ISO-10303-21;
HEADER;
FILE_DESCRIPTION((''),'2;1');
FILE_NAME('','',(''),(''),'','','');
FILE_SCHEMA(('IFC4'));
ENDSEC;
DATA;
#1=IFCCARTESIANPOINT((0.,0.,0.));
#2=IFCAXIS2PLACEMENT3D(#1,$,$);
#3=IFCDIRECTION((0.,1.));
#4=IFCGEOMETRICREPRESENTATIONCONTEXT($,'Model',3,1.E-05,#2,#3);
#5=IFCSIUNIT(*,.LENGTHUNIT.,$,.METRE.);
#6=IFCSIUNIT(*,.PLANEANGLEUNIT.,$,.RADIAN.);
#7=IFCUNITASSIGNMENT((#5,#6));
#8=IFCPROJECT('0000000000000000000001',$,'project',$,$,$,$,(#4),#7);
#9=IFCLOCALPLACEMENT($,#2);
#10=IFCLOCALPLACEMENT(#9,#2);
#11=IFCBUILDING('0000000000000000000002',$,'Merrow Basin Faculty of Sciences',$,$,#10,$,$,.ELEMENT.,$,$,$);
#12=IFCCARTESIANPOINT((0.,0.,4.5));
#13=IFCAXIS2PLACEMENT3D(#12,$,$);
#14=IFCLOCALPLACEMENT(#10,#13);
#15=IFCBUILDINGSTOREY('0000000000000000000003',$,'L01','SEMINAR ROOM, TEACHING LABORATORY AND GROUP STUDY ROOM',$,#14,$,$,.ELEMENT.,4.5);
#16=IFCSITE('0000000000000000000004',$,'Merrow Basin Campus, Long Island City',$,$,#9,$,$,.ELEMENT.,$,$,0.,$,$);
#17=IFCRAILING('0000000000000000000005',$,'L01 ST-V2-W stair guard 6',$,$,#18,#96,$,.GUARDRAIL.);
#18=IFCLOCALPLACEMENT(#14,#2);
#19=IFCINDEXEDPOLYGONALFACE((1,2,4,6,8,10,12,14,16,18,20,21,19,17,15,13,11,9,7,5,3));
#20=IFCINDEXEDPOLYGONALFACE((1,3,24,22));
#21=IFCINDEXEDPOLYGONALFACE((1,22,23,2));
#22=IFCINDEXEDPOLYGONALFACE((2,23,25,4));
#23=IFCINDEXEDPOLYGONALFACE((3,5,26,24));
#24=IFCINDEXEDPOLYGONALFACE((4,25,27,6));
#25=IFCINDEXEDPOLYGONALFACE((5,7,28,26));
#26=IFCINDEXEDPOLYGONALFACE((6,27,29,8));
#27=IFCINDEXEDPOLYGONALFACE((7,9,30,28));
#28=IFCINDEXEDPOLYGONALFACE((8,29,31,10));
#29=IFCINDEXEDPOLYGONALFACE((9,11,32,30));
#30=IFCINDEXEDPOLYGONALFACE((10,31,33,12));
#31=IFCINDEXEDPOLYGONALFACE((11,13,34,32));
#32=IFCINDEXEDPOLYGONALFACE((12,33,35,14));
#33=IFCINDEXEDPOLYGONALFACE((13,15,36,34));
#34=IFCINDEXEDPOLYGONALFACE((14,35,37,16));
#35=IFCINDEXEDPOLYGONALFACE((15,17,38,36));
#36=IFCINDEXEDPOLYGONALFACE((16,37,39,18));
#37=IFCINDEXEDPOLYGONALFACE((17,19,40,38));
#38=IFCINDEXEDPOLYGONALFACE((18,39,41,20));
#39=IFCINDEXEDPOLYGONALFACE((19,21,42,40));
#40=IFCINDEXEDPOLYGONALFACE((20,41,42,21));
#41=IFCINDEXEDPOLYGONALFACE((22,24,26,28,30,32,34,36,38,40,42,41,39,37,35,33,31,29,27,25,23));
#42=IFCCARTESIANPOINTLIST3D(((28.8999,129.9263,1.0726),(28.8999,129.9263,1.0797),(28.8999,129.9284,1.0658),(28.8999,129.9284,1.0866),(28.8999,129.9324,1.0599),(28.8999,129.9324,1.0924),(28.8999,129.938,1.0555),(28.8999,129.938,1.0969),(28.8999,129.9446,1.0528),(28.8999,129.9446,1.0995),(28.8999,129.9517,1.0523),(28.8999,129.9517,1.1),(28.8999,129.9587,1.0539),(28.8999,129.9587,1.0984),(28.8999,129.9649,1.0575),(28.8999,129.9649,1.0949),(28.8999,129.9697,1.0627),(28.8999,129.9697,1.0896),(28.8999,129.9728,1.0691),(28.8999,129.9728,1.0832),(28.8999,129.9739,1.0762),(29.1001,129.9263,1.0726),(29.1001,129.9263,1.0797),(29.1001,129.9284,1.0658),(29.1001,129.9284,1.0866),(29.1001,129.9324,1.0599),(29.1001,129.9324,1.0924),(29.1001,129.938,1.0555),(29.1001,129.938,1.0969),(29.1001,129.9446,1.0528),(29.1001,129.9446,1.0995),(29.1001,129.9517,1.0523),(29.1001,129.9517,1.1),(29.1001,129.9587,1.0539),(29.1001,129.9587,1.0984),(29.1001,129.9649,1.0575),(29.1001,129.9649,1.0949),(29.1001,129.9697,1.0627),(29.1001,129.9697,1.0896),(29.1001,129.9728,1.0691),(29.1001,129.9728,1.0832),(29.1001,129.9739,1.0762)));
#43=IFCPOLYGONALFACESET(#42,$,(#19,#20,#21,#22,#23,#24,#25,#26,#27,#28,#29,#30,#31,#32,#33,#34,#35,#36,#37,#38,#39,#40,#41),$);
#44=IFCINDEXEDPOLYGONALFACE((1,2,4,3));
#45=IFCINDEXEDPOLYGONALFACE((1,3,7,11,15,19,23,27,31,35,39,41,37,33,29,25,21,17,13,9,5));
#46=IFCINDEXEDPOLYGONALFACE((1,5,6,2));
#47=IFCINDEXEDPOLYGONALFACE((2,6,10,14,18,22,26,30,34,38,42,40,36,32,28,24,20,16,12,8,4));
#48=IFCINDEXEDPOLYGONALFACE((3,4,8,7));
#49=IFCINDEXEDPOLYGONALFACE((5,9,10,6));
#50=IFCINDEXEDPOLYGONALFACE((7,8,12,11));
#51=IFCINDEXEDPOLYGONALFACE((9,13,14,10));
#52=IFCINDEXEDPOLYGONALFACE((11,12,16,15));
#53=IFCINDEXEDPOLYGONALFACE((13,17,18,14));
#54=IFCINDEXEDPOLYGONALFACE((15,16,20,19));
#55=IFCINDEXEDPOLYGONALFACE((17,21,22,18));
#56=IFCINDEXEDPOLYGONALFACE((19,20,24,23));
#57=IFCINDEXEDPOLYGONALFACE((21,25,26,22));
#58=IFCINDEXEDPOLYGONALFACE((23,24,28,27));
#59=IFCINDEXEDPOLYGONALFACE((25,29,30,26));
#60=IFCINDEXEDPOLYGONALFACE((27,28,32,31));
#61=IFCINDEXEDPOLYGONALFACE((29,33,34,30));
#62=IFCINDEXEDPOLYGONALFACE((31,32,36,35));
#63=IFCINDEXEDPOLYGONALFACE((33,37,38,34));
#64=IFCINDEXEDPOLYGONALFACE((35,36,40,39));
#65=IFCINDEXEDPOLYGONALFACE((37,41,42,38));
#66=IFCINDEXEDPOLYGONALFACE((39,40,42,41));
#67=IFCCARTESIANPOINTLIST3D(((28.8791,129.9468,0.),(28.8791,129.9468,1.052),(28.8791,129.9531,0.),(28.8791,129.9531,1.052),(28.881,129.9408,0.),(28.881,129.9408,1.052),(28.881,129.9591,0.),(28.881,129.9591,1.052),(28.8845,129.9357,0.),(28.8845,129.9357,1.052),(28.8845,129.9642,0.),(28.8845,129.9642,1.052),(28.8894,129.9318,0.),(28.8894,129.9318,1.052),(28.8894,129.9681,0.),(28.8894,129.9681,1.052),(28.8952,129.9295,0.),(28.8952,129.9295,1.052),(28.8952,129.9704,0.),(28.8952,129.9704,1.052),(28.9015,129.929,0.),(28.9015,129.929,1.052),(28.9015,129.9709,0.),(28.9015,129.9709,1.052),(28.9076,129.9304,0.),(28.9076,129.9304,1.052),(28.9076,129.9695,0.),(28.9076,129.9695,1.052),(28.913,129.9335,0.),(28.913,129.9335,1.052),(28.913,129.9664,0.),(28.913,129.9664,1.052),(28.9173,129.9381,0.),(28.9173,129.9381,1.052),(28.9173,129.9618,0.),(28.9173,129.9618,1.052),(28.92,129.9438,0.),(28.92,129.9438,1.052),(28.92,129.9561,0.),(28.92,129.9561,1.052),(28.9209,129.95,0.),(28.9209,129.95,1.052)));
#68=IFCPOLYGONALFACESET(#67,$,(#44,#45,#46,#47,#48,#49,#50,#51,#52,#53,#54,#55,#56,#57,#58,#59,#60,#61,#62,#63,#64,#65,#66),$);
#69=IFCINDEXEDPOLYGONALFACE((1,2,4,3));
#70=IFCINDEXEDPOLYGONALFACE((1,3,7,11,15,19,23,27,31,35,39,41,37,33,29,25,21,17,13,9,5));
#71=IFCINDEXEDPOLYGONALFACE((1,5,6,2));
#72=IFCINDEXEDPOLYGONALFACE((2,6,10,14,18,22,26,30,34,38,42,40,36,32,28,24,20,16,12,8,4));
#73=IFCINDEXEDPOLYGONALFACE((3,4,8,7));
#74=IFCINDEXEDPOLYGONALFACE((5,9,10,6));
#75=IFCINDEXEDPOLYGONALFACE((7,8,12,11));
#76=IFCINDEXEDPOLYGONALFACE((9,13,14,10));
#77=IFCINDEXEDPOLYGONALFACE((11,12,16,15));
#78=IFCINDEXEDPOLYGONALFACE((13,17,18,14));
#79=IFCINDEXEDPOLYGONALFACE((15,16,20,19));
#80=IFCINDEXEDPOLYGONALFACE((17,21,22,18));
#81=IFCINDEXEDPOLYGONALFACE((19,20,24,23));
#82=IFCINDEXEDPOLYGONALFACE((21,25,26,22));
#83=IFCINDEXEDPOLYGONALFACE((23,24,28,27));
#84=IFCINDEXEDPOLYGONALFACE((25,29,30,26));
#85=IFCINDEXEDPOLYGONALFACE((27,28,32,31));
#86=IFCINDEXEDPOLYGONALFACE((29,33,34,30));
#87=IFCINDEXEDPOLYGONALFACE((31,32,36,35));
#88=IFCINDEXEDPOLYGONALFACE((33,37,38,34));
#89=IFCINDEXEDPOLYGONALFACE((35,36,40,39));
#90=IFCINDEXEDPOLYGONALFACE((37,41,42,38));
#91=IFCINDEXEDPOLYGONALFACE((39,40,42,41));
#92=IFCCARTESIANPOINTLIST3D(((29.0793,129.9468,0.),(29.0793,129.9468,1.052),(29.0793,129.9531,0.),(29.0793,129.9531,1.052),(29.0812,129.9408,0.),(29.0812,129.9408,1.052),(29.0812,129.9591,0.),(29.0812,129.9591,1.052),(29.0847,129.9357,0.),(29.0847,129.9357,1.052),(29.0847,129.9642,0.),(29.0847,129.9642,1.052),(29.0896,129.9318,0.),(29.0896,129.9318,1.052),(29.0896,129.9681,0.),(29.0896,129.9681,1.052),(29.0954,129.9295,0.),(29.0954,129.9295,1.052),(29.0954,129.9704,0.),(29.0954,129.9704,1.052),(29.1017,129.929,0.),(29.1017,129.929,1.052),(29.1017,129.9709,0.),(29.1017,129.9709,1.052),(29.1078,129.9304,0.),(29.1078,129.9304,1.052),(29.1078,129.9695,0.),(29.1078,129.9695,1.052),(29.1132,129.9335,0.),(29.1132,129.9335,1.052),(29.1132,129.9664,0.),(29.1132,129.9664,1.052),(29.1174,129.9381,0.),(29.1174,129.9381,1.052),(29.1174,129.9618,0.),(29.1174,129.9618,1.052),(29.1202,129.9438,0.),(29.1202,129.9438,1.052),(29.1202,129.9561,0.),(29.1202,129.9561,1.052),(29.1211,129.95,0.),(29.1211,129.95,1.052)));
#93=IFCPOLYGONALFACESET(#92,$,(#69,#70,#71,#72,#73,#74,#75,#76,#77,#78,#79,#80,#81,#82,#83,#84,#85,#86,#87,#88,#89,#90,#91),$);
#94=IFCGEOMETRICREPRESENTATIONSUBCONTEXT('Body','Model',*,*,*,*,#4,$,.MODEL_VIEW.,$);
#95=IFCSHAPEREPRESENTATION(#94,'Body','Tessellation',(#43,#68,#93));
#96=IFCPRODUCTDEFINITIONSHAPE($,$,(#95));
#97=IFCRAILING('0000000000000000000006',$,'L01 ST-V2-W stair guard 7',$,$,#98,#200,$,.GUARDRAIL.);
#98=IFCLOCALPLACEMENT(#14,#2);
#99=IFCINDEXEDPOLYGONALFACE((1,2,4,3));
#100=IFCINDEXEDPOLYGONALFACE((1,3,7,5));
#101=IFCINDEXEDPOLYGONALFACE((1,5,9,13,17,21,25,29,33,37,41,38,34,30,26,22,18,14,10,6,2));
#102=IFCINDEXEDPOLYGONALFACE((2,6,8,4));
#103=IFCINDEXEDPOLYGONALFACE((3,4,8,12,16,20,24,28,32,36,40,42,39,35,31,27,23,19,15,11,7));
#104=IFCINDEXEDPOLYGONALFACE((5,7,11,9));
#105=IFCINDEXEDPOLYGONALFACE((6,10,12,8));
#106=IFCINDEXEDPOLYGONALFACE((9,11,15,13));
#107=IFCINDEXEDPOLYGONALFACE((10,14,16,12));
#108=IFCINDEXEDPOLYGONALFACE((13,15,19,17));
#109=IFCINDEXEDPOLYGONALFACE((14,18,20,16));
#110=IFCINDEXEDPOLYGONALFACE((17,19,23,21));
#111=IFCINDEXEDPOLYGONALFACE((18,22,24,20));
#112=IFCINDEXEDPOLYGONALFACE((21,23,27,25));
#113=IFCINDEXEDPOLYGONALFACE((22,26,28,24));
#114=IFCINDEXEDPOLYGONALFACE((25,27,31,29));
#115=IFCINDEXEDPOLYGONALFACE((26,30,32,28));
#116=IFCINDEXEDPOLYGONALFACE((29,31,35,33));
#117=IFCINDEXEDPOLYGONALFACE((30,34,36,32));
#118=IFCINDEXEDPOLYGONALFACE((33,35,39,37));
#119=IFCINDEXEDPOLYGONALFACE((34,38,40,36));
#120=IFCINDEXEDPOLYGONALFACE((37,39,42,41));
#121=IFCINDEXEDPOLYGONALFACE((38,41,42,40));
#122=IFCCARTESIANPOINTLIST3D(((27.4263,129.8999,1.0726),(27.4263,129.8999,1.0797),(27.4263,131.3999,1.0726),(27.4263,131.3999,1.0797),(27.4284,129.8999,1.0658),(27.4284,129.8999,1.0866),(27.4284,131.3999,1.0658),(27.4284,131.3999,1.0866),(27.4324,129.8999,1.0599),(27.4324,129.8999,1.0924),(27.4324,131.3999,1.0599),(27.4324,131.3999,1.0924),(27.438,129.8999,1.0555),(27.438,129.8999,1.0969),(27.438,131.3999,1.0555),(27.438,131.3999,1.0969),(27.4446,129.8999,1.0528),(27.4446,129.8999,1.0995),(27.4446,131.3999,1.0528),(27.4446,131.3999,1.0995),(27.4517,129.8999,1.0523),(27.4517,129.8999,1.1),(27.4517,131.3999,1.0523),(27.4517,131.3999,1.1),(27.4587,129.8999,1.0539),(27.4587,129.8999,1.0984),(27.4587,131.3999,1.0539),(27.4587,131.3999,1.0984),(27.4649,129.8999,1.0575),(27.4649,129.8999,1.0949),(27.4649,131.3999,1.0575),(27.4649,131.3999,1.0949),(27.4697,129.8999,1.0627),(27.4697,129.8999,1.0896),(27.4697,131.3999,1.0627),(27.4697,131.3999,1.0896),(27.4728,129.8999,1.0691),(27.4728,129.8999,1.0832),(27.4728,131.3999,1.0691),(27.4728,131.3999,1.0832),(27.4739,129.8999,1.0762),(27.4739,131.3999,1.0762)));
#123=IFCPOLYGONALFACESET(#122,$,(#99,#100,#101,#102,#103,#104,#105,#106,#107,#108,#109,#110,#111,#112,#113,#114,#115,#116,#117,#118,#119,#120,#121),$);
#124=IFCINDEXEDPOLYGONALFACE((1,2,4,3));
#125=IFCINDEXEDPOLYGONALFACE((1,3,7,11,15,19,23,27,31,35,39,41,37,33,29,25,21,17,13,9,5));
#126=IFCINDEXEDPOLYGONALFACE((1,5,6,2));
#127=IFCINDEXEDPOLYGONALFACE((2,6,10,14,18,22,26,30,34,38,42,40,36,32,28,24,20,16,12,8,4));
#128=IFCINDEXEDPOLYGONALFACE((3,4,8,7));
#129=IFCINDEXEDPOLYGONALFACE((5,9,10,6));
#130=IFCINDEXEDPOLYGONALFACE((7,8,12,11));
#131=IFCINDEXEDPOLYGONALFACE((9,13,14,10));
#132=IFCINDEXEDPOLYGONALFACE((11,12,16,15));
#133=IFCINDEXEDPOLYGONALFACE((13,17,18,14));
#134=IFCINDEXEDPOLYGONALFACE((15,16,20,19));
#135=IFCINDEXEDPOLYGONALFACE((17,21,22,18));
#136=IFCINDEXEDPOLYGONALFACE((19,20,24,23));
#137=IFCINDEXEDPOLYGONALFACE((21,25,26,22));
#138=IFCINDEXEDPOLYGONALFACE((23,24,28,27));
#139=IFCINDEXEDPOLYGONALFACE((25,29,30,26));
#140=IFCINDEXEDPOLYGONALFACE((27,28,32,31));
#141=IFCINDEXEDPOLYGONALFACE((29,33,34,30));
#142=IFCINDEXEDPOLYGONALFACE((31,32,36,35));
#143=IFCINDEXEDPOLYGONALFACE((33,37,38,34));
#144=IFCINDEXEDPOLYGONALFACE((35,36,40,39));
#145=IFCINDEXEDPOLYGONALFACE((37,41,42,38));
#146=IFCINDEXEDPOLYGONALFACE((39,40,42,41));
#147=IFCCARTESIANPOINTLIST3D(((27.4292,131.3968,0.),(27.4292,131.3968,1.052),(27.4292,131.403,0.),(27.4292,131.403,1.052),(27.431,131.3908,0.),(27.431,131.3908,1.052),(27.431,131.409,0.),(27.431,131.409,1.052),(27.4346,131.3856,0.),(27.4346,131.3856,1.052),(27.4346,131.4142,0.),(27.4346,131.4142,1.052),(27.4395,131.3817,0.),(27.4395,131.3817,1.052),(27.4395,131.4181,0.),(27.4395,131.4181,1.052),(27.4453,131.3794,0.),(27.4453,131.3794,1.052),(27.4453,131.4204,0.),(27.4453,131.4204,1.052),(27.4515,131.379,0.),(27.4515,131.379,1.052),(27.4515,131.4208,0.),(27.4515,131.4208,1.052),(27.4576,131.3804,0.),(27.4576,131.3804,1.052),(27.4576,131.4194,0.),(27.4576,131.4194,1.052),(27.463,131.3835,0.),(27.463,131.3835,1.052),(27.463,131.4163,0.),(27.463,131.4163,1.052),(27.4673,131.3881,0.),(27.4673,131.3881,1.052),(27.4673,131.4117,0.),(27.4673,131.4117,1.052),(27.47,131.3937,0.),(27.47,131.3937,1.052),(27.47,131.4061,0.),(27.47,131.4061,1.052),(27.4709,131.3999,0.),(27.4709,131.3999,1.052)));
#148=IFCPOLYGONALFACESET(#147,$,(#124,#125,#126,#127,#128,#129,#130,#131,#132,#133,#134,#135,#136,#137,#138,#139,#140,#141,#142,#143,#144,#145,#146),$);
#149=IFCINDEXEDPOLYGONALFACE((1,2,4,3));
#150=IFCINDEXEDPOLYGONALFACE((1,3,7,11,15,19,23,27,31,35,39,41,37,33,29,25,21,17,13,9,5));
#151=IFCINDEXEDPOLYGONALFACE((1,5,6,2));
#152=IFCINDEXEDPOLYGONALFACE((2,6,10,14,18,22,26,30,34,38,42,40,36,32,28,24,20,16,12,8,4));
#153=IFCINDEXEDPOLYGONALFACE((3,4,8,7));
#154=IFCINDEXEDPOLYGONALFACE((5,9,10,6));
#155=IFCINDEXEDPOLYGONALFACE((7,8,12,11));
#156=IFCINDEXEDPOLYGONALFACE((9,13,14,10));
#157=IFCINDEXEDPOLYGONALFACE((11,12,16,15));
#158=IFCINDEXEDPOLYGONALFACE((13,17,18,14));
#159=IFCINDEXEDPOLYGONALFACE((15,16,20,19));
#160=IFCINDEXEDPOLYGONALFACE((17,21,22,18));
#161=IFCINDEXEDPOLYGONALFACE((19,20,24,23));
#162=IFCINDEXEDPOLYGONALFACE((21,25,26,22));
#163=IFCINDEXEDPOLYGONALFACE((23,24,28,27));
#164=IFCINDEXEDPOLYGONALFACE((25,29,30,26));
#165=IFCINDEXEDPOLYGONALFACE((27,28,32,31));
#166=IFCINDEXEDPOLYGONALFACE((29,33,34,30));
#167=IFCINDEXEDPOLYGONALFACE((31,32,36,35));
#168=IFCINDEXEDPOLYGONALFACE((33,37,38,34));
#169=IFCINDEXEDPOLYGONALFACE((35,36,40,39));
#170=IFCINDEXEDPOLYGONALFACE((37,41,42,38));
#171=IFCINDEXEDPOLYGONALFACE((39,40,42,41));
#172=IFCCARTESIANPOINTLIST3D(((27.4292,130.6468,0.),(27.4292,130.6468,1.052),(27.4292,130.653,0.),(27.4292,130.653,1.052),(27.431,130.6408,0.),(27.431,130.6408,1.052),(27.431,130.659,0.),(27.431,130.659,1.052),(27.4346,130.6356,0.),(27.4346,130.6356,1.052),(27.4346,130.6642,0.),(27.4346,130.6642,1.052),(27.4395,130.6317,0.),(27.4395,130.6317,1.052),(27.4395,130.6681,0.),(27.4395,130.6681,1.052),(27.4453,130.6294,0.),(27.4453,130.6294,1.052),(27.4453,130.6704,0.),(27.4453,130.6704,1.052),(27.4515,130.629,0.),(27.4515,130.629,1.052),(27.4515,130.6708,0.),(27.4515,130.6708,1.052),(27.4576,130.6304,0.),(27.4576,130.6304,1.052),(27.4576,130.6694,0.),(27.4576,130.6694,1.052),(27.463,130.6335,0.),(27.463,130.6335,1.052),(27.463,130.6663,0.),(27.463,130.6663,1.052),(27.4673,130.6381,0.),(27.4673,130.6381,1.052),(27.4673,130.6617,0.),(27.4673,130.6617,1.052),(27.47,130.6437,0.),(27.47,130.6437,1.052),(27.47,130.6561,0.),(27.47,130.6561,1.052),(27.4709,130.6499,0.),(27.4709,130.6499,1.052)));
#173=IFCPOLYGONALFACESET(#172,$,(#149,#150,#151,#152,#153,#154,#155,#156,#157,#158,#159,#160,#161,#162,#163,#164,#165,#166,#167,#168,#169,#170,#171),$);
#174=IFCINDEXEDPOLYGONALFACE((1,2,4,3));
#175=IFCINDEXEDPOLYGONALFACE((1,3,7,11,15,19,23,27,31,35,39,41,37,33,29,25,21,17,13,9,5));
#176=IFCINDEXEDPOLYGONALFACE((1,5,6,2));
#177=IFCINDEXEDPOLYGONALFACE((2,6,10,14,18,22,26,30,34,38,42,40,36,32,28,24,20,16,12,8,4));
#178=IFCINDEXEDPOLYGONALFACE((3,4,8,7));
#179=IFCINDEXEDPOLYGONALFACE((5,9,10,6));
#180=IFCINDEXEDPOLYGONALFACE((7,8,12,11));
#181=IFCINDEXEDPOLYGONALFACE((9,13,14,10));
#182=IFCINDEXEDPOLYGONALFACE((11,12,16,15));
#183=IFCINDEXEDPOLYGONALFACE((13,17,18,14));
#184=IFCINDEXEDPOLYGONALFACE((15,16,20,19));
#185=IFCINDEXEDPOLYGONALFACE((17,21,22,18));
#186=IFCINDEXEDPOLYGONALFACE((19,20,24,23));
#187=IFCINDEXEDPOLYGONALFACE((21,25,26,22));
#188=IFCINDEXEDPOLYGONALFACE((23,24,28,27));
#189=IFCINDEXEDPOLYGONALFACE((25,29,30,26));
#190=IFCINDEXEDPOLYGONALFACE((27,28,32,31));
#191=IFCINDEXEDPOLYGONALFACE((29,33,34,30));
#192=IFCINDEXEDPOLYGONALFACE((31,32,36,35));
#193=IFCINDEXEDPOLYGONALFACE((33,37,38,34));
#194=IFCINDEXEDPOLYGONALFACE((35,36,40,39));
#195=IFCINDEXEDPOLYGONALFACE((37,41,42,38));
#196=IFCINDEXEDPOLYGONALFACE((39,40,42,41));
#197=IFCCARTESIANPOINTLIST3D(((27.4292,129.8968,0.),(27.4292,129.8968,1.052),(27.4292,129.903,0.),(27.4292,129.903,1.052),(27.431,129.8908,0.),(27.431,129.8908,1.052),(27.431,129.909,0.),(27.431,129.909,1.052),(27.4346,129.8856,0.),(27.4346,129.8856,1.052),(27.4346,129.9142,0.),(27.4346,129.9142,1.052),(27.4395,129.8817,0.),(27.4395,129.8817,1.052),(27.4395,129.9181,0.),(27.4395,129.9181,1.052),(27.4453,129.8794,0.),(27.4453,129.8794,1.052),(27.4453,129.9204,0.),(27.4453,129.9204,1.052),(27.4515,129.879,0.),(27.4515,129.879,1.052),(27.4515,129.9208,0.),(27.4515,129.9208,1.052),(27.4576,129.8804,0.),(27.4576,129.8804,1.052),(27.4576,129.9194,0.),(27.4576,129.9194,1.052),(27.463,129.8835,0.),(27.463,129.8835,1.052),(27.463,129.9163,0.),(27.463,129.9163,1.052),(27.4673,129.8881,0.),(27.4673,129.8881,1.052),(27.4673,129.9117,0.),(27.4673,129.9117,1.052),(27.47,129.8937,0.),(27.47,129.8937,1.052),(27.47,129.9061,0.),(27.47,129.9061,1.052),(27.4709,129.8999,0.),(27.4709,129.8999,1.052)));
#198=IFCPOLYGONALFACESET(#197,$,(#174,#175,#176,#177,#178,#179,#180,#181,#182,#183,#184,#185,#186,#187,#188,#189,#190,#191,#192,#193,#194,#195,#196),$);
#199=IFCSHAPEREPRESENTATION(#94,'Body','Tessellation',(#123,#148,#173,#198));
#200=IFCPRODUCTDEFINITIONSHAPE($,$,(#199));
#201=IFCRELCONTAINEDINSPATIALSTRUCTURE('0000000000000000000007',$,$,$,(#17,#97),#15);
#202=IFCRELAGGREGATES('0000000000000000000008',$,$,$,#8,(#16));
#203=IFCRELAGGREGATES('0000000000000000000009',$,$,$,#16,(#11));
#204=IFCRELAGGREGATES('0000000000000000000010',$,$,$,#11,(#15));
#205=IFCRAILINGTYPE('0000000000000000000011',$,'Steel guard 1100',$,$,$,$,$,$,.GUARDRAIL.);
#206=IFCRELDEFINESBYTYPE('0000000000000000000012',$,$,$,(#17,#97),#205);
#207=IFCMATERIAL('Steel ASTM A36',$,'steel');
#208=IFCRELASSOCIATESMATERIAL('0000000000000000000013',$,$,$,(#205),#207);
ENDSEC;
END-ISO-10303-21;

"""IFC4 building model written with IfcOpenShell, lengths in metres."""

from ifc_helpers import new_model, si_unit, direction, frame, origin, origin_2d, place, context, subcontext, project, spatial, circle, extrude, material, type_object, element, save


model = new_model("IFC4")

# Units and contexts
model_context = context("Model", 3, precision=1e-05, world=origin(), true_north=direction((0.0, 1.0)))
body_context = subcontext(model_context, "Body", "Model", "MODEL_VIEW")
ifc_project = project(units=[si_unit("LENGTHUNIT", "METRE"), si_unit("PLANEANGLEUNIT", "RADIAN")], contexts=[model_context])

# Site, building, storey
site_placement = place(None, origin())
site = spatial("IfcSite", under=ifc_project, at=site_placement, Name="Merrow Basin Campus, Long Island City", CompositionType="ELEMENT", RefElevation=0.0)
building_placement = place(site_placement, origin())
building = spatial("IfcBuilding", under=site, at=building_placement, Name="Merrow Basin Faculty of Sciences", CompositionType="ELEMENT")
storey_placement = place(building_placement, frame((0.0, 0.0, 4.5)))
storey = spatial("IfcBuildingStorey", under=building, at=storey_placement, Name="L01", Description="SEMINAR ROOM, TEACHING LABORATORY AND GROUP STUDY ROOM", CompositionType="ELEMENT", Elevation=4.5)

# Railings
ifc_material_1 = material(Name="Steel ASTM A36", Category="steel")
railing_type_1 = type_object("IfcRailingType", Name="Steel guard 1100", PredefinedType="GUARDRAIL", material=ifc_material_1)
railing_1_placement = place(storey_placement, frame((28.8999, 129.95, 0.0)))
element("IfcRailing", 1, at=railing_1_placement, inside=storey, type_object=railing_type_1, Name="L01 ST-V2-W stair guard 6", PredefinedType="GUARDRAIL", context=body_context, shape_type="SweptSolid", body=[
    extrude(circle(Radius=0.0239, at=origin_2d()), frame((0.0, 0.0, 1.0762), z_axis=(1.0, 0.0, 0.0), x_axis=(0.0, 1.0, 0.0)), (0.0, 0.0, 1.0), 0.2002),
    extrude(circle(Radius=0.021, at=origin_2d()), origin(), (0.0, 0.0, 1.0), 1.052),
    extrude(circle(Radius=0.021, at=origin_2d()), frame((0.2002, 0.0, 0.0)), (0.0, 0.0, 1.0), 1.052),
])
railing_2_placement = place(storey_placement, frame((27.45, 131.3999, 0.0)))
element("IfcRailing", 2, at=railing_2_placement, inside=storey, type_object=railing_type_1, Name="L01 ST-V2-W stair guard 7", PredefinedType="GUARDRAIL", context=body_context, shape_type="SweptSolid", body=[
    extrude(circle(Radius=0.0239, at=origin_2d()), frame((0.0, 0.0, 1.0762), z_axis=(0.0, -1.0, 0.0), x_axis=(1.0, 0.0, 0.0)), (0.0, 0.0, 1.0), 1.5),
    extrude(circle(Radius=0.021, at=origin_2d()), origin(), (0.0, 0.0, 1.0), 1.052),
    extrude(circle(Radius=0.021, at=origin_2d()), frame((0.0, -0.75, 0.0)), (0.0, 0.0, 1.0), 1.052),
    extrude(circle(Radius=0.021, at=origin_2d()), frame((0.0, -1.5, 0.0)), (0.0, 0.0, 1.0), 1.052),
])

save(model, "model.ifc")
